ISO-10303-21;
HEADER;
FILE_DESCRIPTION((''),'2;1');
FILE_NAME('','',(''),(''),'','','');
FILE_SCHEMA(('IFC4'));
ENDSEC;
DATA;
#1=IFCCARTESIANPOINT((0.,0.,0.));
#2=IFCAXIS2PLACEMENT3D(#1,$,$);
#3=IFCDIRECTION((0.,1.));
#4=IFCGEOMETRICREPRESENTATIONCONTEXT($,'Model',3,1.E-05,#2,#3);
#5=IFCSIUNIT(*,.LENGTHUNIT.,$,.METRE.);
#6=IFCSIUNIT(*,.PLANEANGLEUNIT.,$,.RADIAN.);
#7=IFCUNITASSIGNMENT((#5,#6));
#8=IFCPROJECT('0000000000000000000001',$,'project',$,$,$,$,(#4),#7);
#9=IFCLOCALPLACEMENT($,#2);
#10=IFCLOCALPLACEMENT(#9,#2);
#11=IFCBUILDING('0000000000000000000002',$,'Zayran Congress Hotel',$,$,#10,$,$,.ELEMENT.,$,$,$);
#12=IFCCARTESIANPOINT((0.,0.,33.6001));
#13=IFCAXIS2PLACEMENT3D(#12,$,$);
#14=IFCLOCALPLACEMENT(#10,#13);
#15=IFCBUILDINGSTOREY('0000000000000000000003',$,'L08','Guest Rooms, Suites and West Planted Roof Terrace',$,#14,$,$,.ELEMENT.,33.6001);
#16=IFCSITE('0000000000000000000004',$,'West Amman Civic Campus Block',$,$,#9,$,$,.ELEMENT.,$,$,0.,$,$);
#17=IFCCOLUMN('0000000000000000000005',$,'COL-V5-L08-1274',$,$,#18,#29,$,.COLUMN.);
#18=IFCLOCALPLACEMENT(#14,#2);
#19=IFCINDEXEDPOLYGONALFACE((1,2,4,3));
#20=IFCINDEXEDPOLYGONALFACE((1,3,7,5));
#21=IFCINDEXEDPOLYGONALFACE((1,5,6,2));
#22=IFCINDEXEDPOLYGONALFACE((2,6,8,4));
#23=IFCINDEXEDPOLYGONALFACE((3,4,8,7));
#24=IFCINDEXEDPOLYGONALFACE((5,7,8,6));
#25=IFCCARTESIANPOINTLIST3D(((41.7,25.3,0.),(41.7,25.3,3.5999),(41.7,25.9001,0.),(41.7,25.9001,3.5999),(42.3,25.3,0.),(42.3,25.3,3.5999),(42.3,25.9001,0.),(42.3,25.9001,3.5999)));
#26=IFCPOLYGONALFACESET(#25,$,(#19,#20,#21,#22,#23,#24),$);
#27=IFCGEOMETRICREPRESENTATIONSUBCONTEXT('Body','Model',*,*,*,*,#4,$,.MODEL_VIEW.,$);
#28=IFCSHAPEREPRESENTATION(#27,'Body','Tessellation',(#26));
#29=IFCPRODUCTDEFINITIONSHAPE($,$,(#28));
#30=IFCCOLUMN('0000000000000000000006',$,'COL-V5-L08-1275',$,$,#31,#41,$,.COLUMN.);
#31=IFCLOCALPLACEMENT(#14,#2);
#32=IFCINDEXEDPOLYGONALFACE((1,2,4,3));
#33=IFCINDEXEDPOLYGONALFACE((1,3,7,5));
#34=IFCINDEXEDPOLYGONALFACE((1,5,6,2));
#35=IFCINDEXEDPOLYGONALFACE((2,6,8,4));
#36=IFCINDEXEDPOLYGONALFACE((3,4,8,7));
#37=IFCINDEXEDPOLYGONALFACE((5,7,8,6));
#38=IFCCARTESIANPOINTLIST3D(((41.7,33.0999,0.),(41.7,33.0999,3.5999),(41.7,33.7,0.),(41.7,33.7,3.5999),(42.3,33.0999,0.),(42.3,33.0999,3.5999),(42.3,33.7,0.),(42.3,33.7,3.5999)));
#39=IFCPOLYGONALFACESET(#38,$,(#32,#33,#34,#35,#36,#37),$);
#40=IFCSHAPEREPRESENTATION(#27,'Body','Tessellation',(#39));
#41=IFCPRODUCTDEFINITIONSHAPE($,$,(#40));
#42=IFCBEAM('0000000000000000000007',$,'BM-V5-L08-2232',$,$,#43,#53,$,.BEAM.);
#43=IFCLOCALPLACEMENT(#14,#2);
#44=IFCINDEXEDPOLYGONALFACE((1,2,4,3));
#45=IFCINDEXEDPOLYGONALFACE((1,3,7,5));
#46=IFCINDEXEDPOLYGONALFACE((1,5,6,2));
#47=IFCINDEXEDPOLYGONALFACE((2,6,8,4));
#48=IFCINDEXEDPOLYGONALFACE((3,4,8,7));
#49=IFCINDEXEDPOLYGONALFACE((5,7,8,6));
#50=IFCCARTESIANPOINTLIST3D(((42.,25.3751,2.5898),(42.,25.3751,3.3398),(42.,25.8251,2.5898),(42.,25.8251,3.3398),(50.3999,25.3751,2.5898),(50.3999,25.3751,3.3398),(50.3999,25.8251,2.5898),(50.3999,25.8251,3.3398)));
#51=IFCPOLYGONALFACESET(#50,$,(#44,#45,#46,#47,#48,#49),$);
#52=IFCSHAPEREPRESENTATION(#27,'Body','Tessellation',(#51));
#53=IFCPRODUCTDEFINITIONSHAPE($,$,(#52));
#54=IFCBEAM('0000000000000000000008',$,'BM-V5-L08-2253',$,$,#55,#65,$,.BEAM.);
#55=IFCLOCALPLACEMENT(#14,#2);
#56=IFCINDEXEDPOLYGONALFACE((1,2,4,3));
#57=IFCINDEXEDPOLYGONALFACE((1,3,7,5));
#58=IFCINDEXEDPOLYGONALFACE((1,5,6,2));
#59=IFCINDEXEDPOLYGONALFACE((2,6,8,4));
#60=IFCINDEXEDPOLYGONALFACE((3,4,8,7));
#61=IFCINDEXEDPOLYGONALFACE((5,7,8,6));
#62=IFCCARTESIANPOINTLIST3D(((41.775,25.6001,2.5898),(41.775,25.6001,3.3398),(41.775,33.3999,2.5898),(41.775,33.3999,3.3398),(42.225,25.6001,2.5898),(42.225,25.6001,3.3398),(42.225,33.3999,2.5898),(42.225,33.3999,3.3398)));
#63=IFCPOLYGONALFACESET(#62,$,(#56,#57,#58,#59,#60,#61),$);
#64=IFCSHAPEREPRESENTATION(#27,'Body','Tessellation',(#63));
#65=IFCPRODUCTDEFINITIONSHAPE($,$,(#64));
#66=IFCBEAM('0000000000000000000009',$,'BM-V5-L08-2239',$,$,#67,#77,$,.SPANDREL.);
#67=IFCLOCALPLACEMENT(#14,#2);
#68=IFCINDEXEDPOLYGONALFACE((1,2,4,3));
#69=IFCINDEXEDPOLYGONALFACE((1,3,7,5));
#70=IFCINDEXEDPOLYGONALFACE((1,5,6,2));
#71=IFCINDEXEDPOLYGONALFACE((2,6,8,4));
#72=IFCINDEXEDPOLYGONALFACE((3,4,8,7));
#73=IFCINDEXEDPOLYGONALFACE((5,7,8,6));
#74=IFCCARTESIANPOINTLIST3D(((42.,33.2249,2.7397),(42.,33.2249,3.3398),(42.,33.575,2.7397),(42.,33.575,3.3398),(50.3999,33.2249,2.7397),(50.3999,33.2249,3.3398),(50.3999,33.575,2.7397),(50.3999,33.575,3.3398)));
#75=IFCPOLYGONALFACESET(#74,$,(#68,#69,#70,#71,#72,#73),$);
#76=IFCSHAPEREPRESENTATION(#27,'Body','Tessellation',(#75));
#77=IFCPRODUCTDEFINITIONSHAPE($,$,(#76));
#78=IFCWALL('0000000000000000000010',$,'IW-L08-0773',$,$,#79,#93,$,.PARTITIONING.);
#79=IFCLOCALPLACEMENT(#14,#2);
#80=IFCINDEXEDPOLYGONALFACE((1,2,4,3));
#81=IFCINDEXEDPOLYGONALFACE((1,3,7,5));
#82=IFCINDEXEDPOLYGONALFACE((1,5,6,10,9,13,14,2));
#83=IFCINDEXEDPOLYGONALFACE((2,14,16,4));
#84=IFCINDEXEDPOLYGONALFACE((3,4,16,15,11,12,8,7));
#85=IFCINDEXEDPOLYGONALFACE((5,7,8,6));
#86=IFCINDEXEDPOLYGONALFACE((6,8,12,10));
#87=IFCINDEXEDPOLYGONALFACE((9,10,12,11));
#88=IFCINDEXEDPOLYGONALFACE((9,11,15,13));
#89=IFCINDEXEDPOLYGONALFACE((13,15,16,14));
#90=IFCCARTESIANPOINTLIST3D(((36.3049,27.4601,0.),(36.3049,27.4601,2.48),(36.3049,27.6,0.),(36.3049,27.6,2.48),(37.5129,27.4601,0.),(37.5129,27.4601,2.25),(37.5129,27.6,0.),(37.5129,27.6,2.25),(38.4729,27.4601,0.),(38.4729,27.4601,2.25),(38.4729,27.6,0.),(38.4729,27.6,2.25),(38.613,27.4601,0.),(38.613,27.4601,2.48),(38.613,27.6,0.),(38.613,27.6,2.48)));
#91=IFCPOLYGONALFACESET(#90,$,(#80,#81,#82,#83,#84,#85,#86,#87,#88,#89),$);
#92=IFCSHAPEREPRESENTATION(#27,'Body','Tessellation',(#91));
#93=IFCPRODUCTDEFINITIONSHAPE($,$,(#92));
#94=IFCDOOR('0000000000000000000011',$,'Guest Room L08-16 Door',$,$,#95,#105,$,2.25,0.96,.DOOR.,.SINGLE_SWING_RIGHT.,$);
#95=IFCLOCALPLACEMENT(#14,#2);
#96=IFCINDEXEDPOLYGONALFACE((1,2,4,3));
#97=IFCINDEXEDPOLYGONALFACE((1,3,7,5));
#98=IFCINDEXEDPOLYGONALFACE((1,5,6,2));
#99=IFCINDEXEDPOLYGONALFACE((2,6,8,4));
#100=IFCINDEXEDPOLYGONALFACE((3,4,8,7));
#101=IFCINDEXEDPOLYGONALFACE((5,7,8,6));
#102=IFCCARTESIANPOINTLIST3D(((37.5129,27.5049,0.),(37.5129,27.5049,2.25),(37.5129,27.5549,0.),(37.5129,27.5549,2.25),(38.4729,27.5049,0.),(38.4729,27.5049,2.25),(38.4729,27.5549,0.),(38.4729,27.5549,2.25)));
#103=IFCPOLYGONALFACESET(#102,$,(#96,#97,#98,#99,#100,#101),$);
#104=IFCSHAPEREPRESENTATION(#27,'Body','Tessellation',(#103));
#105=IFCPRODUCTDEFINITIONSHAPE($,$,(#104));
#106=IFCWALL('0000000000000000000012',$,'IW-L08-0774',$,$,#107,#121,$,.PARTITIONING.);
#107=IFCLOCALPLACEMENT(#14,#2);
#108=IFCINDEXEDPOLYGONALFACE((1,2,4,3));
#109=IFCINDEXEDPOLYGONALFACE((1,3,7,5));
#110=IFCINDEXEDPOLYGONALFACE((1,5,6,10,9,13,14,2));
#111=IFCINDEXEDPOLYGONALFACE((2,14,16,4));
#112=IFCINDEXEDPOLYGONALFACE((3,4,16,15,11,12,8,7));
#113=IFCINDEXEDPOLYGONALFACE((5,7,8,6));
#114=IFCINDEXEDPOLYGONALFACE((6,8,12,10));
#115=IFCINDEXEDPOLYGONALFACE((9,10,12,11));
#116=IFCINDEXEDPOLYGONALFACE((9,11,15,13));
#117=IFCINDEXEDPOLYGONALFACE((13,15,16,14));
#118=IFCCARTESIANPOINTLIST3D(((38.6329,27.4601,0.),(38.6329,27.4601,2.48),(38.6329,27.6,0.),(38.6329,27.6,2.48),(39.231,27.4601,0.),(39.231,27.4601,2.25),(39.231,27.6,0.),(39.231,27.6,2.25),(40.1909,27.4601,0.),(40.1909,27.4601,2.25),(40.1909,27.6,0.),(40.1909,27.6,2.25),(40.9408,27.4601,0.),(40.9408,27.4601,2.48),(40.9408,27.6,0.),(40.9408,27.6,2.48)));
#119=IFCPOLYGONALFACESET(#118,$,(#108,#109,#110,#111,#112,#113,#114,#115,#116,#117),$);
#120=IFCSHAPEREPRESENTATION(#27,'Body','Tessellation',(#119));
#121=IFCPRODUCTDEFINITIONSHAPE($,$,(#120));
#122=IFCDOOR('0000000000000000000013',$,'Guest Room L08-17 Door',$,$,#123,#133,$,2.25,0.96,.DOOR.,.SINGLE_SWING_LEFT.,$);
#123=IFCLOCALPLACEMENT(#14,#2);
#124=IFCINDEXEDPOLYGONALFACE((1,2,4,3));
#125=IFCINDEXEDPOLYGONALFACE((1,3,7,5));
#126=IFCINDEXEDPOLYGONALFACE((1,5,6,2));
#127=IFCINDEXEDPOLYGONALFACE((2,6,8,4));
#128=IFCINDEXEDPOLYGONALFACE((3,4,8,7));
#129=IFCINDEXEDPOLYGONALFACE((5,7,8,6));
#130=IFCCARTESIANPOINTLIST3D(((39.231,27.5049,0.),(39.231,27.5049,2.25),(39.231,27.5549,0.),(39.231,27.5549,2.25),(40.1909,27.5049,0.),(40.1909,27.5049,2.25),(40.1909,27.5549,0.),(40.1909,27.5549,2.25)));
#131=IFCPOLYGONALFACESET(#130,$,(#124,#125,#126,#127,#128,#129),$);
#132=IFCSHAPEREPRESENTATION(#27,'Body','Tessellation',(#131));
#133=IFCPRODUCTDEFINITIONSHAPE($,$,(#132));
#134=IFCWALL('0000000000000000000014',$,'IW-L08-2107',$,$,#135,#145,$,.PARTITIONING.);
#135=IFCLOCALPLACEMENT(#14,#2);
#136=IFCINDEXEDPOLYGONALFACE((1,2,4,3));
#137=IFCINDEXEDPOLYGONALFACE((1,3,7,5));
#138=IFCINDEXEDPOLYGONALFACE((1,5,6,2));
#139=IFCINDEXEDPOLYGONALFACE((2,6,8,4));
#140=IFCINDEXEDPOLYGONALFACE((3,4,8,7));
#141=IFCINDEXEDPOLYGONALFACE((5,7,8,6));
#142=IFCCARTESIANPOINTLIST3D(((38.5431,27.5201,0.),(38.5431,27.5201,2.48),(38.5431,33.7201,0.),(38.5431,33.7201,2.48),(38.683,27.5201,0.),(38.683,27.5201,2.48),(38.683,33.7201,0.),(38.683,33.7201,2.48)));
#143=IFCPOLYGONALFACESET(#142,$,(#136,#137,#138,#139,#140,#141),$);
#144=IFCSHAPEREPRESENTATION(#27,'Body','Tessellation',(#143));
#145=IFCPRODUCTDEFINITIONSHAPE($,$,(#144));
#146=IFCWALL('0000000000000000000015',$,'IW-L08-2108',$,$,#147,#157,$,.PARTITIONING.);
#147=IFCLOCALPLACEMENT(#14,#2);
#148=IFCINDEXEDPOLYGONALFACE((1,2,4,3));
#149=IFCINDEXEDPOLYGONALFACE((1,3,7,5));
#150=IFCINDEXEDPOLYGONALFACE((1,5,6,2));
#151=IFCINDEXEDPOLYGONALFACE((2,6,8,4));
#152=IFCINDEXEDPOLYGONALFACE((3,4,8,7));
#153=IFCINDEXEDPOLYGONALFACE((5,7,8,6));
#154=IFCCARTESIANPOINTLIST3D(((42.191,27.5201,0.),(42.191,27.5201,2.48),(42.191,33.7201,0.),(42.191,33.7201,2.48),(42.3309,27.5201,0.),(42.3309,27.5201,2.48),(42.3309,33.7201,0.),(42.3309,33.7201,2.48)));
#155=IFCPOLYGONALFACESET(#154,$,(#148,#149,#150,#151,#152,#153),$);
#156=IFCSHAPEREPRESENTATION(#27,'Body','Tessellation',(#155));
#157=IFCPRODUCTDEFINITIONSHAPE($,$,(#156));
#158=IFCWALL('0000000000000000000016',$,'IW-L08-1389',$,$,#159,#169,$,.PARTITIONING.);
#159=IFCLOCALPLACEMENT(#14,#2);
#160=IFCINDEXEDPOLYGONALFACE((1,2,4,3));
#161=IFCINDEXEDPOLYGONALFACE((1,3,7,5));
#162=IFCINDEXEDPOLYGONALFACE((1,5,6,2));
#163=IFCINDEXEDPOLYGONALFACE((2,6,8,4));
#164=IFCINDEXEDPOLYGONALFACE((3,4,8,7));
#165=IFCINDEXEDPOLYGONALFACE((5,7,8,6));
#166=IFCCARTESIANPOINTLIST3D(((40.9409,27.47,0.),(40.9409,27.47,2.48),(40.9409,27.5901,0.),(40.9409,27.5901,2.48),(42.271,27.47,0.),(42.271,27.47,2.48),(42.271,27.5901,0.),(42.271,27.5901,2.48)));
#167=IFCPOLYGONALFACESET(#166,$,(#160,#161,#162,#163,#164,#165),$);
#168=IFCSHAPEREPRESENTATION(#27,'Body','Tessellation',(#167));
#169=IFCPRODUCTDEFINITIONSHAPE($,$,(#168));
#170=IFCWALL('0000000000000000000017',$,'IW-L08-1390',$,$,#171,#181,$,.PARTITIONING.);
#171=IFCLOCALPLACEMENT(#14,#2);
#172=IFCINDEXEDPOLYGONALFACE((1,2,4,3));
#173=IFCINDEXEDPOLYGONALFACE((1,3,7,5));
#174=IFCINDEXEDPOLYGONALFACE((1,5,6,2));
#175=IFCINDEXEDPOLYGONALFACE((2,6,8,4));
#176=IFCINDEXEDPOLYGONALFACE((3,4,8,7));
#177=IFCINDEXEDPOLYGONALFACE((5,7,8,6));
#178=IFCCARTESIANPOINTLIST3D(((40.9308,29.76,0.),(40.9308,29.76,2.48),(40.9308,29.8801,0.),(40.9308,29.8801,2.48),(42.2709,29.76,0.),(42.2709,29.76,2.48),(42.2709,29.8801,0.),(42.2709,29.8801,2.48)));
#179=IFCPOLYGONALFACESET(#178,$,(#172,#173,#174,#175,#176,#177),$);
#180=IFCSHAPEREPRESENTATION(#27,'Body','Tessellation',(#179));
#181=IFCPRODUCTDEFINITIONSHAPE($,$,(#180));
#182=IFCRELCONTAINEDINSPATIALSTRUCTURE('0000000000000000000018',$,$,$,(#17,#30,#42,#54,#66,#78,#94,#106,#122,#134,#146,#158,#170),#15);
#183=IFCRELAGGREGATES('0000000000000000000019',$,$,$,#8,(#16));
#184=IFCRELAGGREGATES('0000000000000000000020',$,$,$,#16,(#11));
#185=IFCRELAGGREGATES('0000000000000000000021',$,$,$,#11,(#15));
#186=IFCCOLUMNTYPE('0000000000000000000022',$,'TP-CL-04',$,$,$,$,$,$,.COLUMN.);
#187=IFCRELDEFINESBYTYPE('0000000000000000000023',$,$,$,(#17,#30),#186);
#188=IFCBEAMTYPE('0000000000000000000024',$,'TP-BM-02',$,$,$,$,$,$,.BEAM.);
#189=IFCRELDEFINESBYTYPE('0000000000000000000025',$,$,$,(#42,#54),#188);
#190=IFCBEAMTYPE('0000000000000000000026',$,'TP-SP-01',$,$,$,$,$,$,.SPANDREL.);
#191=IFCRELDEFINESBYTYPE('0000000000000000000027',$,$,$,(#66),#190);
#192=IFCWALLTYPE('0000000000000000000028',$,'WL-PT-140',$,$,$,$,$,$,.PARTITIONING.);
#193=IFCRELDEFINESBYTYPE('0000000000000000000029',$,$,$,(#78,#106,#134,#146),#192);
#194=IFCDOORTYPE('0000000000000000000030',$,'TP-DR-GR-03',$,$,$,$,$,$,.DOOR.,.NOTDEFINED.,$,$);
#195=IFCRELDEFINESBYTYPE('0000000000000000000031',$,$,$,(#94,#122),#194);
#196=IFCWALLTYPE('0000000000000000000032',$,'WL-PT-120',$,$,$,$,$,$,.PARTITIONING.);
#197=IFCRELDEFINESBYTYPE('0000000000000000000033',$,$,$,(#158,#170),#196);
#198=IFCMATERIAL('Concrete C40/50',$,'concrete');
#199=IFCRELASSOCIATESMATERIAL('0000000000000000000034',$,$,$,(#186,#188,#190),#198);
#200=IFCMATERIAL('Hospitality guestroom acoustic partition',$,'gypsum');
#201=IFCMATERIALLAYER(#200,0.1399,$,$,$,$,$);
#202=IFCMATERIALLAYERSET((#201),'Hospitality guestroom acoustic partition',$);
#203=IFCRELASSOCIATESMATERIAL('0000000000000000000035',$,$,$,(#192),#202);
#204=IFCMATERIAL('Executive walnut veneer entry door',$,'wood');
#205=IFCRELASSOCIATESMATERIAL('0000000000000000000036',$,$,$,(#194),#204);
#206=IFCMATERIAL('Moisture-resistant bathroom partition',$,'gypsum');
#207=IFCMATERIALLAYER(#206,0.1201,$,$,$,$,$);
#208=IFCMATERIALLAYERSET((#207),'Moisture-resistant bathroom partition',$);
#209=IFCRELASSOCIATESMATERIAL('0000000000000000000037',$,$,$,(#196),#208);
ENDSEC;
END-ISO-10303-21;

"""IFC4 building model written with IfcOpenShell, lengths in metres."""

from ifc_helpers import new_model, si_unit, direction, frame, frame_2d, origin, origin_2d, place, context, subcontext, project, spatial, rectangle, extrude, material, layer, layer_set, material_profile, profile_set, type_object, element, fill, save


model = new_model("IFC4")

# Units and contexts
model_context = context("Model", 3, precision=1e-05, world=origin(), true_north=direction((0.0, 1.0)))
body_context = subcontext(model_context, "Body", "Model", "MODEL_VIEW")
ifc_project = project(units=[si_unit("LENGTHUNIT", "METRE"), si_unit("PLANEANGLEUNIT", "RADIAN")], contexts=[model_context])

# Site, building, storey
site_placement = place(None, origin())
site = spatial("IfcSite", under=ifc_project, at=site_placement, Name="West Amman Civic Campus Block", CompositionType="ELEMENT", RefElevation=0.0)
building_placement = place(site_placement, origin())
building = spatial("IfcBuilding", under=site, at=building_placement, Name="Zayran Congress Hotel", CompositionType="ELEMENT")
storey_placement = place(building_placement, frame((0.0, 0.0, 33.6001)))
storey = spatial("IfcBuildingStorey", under=building, at=storey_placement, Name="L08", Description="Guest Rooms, Suites and West Planted Roof Terrace", CompositionType="ELEMENT", Elevation=33.6001)

# Columns
ifc_material_1 = material(Name="Concrete C40/50", Category="concrete")
ifc_material_profile_1 = material_profile(ifc_material_1, rectangle(XDim=0.6001, YDim=0.6001, at=origin_2d()), Name="RC 600x600")
ifc_profile_set_1 = profile_set([ifc_material_profile_1], Name="Concrete C40/50")
column_type = type_object("IfcColumnType", Name="TP-CL-04", PredefinedType="COLUMN", material=ifc_profile_set_1)
for number, where, z_axis, x_axis, name in (
    (1, (42.0, 25.6001, 0.0), (0.0, 0.0, 1.0), (1.0, 0.0, 0.0), "COL-V5-L08-1274"),
    (2, (42.0, 33.3999, 0.0), (0.0, 0.0, 1.0), (1.0, 0.0, 0.0), "COL-V5-L08-1275"),
):
    element("IfcColumn", number, at=place(storey_placement, frame(where, z_axis=z_axis, x_axis=x_axis)), inside=storey, type_object=column_type, Name=name, PredefinedType="COLUMN", context=body_context, shape_type="SweptSolid", body=[
        extrude(rectangle(XDim=0.6001, YDim=0.6001, at=origin_2d()), origin(), (0.0, 0.0, 1.0), 3.5999),
    ])

# Beams
ifc_material_profile_2 = material_profile(ifc_material_1, rectangle(XDim=0.45, YDim=0.75, at=origin_2d()), Name="RC 450x750")
ifc_profile_set_2 = profile_set([ifc_material_profile_2], Name="Concrete C40/50")
beam_type_1 = type_object("IfcBeamType", Name="TP-BM-02", PredefinedType="BEAM", material=ifc_profile_set_2)
beam_1_placement = place(storey_placement, frame((42.0, 25.6001, 2.9648), z_axis=(1.0, 0.0, 0.0), x_axis=(0.0, 1.0, 0.0)))
element("IfcBeam", 3, at=beam_1_placement, inside=storey, type_object=beam_type_1, Name="BM-V5-L08-2232", PredefinedType="BEAM", context=body_context, shape_type="SweptSolid", body=[
    extrude(rectangle(XDim=0.45, YDim=0.75, at=origin_2d()), origin(), (0.0, 0.0, 1.0), 8.3999),
])
beam_2_placement = place(storey_placement, frame((42.0, 25.6001, 2.9648), z_axis=(0.0, 1.0, 0.0), x_axis=(-1.0, 0.0, 0.0)))
element("IfcBeam", 4, at=beam_2_placement, inside=storey, type_object=beam_type_1, Name="BM-V5-L08-2253", PredefinedType="BEAM", context=body_context, shape_type="SweptSolid", body=[
    extrude(rectangle(XDim=0.45, YDim=0.75, at=origin_2d()), origin(), (0.0, 0.0, 1.0), 7.7998),
])
ifc_material_profile_3 = material_profile(ifc_material_1, rectangle(XDim=0.3501, YDim=0.6001, at=origin_2d()), Name="RC 350x600")
ifc_profile_set_3 = profile_set([ifc_material_profile_3], Name="Concrete C40/50")
beam_type_2 = type_object("IfcBeamType", Name="TP-SP-01", PredefinedType="SPANDREL", material=ifc_profile_set_3)
beam_3_placement = place(storey_placement, frame((42.0, 33.3999, 3.0398), z_axis=(1.0, 0.0, 0.0), x_axis=(0.0, 1.0, 0.0)))
element("IfcBeam", 5, at=beam_3_placement, inside=storey, type_object=beam_type_2, Name="BM-V5-L08-2239", PredefinedType="SPANDREL", context=body_context, shape_type="SweptSolid", body=[
    extrude(rectangle(XDim=0.3501, YDim=0.6001, at=origin_2d()), origin(), (0.0, 0.0, 1.0), 8.3999),
])

# Walls, openings, doors
ifc_material_2 = material(Name="Hospitality guestroom acoustic partition", Category="gypsum")
ifc_layer_1 = layer(ifc_material_2, 0.1399)
ifc_layer_set_1 = layer_set([ifc_layer_1], Name="Hospitality guestroom acoustic partition")
wall_type_1 = type_object("IfcWallType", Name="WL-PT-140", PredefinedType="PARTITIONING", material=ifc_layer_set_1)
wall_1_placement = place(storey_placement, frame((36.3049, 27.53, 0.0), z_axis=(0.0, 0.0, 1.0), x_axis=(1.0, 0.0, 0.0)))
wall_1 = element("IfcWall", 6, at=wall_1_placement, inside=storey, type_object=wall_type_1, Name="IW-L08-0773", PredefinedType="PARTITIONING", context=body_context, shape_type="SweptSolid", body=[
    extrude(rectangle(XDim=2.3081, YDim=0.1399, at=frame_2d((1.1541, 0.0))), origin(), (0.0, 0.0, 1.0), 2.48),
])
opening_1_placement = place(wall_1_placement, frame((1.208, 0.0, 0.0)))
opening_1 = element("IfcOpeningElement", 7, at=opening_1_placement, cuts=wall_1, PredefinedType="OPENING", context=body_context, shape_type="SweptSolid", body=[
    extrude(rectangle(XDim=0.96, YDim=2.25, at=frame_2d((0.48, 1.125))), frame((0.0, 0.0798, 0.0), z_axis=(0.0, -1.0, 0.0), x_axis=(1.0, 0.0, 0.0)), (0.0, 0.0, 1.0), 0.1599),
])
ifc_material_3 = material(Name="Executive walnut veneer entry door", Category="wood")
door_type_1 = type_object("IfcDoorType", Name="TP-DR-GR-03", OperationType="NOTDEFINED", PredefinedType="DOOR", material=ifc_material_3)
door_1_placement = place(opening_1_placement, origin())
door_1 = element("IfcDoor", 8, at=door_1_placement, inside=storey, type_object=door_type_1, Name="Guest Room L08-16 Door", OperationType="SINGLE_SWING_RIGHT", OverallHeight=2.25, OverallWidth=0.96, PredefinedType="DOOR", context=body_context, shape_type="SweptSolid", body=[
    extrude(rectangle(XDim=0.96, YDim=2.25, at=frame_2d((0.48, 1.125))), frame((0.0, 0.0249, 0.0), z_axis=(0.0, -1.0, 0.0), x_axis=(1.0, 0.0, 0.0)), (0.0, 0.0, 1.0), 0.05),
])
fill(opening_1, door_1)
wall_2_placement = place(storey_placement, frame((38.6331, 27.53, 0.0), z_axis=(0.0, 0.0, 1.0), x_axis=(1.0, 0.0, 0.0)))
wall_2 = element("IfcWall", 9, at=wall_2_placement, inside=storey, type_object=wall_type_1, Name="IW-L08-0774", PredefinedType="PARTITIONING", context=body_context, shape_type="SweptSolid", body=[
    extrude(rectangle(XDim=2.3079, YDim=0.1399, at=frame_2d((1.1538, 0.0))), origin(), (0.0, 0.0, 1.0), 2.48),
])
opening_2_placement = place(wall_2_placement, frame((0.5979, 0.0, 0.0)))
opening_2 = element("IfcOpeningElement", 10, at=opening_2_placement, cuts=wall_2, PredefinedType="OPENING", context=body_context, shape_type="SweptSolid", body=[
    extrude(rectangle(XDim=0.96, YDim=2.25, at=frame_2d((0.48, 1.125))), frame((0.0, 0.0798, 0.0), z_axis=(0.0, -1.0, 0.0), x_axis=(1.0, 0.0, 0.0)), (0.0, 0.0, 1.0), 0.1599),
])
door_2_placement = place(opening_2_placement, origin())
door_2 = element("IfcDoor", 11, at=door_2_placement, inside=storey, type_object=door_type_1, Name="Guest Room L08-17 Door", OperationType="SINGLE_SWING_LEFT", OverallHeight=2.25, OverallWidth=0.96, PredefinedType="DOOR", context=body_context, shape_type="SweptSolid", body=[
    extrude(rectangle(XDim=0.96, YDim=2.25, at=frame_2d((0.48, 1.125))), frame((0.0, 0.0249, 0.0), z_axis=(0.0, -1.0, 0.0), x_axis=(1.0, 0.0, 0.0)), (0.0, 0.0, 1.0), 0.05),
])
fill(opening_2, door_2)

# Walls
for number, where, z_axis, x_axis, name in (
    (12, (38.613, 27.52, 0.0), (0.0, 0.0, 1.0), (0.0, 1.0, 0.0), "IW-L08-2107"),
    (13, (42.261, 27.52, 0.0), (0.0, 0.0, 1.0), (0.0, 1.0, 0.0), "IW-L08-2108"),
):
    element("IfcWall", number, at=place(storey_placement, frame(where, z_axis=z_axis, x_axis=x_axis)), inside=storey, type_object=wall_type_1, Name=name, PredefinedType="PARTITIONING", context=body_context, shape_type="SweptSolid", body=[
        extrude(rectangle(XDim=6.2, YDim=0.1399, at=frame_2d((3.1001, 0.0))), origin(), (0.0, 0.0, 1.0), 2.48),
    ])

# Shared definitions
ifc_material_4 = material(Name="Moisture-resistant bathroom partition", Category="gypsum")
ifc_layer_2 = layer(ifc_material_4, 0.1201)
ifc_layer_set_2 = layer_set([ifc_layer_2], Name="Moisture-resistant bathroom partition")
wall_type_2 = type_object("IfcWallType", Name="WL-PT-120", PredefinedType="PARTITIONING", material=ifc_layer_set_2)

# Walls
wall_3_placement = place(storey_placement, frame((40.9409, 27.53, 0.0), z_axis=(0.0, 0.0, 1.0), x_axis=(1.0, 0.0, 0.0)))
element("IfcWall", 14, at=wall_3_placement, inside=storey, type_object=wall_type_2, Name="IW-L08-1389", PredefinedType="PARTITIONING", context=body_context, shape_type="SweptSolid", body=[
    extrude(rectangle(XDim=1.3301, YDim=0.1201, at=frame_2d((0.665, 0.0))), origin(), (0.0, 0.0, 1.0), 2.48),
])
for number, where, z_axis, x_axis, name in (
    (15, (40.9309, 29.8201, 0.0), (0.0, 0.0, 1.0), (1.0, 0.0, 0.0), "IW-L08-1390"),
):
    element("IfcWall", number, at=place(storey_placement, frame(where, z_axis=z_axis, x_axis=x_axis)), inside=storey, type_object=wall_type_2, Name=name, PredefinedType="PARTITIONING", context=body_context, shape_type="SweptSolid", body=[
        extrude(rectangle(XDim=1.3401, YDim=0.1201, at=frame_2d((0.6699, 0.0))), origin(), (0.0, 0.0, 1.0), 2.48),
    ])

save(model, "model.ifc")
